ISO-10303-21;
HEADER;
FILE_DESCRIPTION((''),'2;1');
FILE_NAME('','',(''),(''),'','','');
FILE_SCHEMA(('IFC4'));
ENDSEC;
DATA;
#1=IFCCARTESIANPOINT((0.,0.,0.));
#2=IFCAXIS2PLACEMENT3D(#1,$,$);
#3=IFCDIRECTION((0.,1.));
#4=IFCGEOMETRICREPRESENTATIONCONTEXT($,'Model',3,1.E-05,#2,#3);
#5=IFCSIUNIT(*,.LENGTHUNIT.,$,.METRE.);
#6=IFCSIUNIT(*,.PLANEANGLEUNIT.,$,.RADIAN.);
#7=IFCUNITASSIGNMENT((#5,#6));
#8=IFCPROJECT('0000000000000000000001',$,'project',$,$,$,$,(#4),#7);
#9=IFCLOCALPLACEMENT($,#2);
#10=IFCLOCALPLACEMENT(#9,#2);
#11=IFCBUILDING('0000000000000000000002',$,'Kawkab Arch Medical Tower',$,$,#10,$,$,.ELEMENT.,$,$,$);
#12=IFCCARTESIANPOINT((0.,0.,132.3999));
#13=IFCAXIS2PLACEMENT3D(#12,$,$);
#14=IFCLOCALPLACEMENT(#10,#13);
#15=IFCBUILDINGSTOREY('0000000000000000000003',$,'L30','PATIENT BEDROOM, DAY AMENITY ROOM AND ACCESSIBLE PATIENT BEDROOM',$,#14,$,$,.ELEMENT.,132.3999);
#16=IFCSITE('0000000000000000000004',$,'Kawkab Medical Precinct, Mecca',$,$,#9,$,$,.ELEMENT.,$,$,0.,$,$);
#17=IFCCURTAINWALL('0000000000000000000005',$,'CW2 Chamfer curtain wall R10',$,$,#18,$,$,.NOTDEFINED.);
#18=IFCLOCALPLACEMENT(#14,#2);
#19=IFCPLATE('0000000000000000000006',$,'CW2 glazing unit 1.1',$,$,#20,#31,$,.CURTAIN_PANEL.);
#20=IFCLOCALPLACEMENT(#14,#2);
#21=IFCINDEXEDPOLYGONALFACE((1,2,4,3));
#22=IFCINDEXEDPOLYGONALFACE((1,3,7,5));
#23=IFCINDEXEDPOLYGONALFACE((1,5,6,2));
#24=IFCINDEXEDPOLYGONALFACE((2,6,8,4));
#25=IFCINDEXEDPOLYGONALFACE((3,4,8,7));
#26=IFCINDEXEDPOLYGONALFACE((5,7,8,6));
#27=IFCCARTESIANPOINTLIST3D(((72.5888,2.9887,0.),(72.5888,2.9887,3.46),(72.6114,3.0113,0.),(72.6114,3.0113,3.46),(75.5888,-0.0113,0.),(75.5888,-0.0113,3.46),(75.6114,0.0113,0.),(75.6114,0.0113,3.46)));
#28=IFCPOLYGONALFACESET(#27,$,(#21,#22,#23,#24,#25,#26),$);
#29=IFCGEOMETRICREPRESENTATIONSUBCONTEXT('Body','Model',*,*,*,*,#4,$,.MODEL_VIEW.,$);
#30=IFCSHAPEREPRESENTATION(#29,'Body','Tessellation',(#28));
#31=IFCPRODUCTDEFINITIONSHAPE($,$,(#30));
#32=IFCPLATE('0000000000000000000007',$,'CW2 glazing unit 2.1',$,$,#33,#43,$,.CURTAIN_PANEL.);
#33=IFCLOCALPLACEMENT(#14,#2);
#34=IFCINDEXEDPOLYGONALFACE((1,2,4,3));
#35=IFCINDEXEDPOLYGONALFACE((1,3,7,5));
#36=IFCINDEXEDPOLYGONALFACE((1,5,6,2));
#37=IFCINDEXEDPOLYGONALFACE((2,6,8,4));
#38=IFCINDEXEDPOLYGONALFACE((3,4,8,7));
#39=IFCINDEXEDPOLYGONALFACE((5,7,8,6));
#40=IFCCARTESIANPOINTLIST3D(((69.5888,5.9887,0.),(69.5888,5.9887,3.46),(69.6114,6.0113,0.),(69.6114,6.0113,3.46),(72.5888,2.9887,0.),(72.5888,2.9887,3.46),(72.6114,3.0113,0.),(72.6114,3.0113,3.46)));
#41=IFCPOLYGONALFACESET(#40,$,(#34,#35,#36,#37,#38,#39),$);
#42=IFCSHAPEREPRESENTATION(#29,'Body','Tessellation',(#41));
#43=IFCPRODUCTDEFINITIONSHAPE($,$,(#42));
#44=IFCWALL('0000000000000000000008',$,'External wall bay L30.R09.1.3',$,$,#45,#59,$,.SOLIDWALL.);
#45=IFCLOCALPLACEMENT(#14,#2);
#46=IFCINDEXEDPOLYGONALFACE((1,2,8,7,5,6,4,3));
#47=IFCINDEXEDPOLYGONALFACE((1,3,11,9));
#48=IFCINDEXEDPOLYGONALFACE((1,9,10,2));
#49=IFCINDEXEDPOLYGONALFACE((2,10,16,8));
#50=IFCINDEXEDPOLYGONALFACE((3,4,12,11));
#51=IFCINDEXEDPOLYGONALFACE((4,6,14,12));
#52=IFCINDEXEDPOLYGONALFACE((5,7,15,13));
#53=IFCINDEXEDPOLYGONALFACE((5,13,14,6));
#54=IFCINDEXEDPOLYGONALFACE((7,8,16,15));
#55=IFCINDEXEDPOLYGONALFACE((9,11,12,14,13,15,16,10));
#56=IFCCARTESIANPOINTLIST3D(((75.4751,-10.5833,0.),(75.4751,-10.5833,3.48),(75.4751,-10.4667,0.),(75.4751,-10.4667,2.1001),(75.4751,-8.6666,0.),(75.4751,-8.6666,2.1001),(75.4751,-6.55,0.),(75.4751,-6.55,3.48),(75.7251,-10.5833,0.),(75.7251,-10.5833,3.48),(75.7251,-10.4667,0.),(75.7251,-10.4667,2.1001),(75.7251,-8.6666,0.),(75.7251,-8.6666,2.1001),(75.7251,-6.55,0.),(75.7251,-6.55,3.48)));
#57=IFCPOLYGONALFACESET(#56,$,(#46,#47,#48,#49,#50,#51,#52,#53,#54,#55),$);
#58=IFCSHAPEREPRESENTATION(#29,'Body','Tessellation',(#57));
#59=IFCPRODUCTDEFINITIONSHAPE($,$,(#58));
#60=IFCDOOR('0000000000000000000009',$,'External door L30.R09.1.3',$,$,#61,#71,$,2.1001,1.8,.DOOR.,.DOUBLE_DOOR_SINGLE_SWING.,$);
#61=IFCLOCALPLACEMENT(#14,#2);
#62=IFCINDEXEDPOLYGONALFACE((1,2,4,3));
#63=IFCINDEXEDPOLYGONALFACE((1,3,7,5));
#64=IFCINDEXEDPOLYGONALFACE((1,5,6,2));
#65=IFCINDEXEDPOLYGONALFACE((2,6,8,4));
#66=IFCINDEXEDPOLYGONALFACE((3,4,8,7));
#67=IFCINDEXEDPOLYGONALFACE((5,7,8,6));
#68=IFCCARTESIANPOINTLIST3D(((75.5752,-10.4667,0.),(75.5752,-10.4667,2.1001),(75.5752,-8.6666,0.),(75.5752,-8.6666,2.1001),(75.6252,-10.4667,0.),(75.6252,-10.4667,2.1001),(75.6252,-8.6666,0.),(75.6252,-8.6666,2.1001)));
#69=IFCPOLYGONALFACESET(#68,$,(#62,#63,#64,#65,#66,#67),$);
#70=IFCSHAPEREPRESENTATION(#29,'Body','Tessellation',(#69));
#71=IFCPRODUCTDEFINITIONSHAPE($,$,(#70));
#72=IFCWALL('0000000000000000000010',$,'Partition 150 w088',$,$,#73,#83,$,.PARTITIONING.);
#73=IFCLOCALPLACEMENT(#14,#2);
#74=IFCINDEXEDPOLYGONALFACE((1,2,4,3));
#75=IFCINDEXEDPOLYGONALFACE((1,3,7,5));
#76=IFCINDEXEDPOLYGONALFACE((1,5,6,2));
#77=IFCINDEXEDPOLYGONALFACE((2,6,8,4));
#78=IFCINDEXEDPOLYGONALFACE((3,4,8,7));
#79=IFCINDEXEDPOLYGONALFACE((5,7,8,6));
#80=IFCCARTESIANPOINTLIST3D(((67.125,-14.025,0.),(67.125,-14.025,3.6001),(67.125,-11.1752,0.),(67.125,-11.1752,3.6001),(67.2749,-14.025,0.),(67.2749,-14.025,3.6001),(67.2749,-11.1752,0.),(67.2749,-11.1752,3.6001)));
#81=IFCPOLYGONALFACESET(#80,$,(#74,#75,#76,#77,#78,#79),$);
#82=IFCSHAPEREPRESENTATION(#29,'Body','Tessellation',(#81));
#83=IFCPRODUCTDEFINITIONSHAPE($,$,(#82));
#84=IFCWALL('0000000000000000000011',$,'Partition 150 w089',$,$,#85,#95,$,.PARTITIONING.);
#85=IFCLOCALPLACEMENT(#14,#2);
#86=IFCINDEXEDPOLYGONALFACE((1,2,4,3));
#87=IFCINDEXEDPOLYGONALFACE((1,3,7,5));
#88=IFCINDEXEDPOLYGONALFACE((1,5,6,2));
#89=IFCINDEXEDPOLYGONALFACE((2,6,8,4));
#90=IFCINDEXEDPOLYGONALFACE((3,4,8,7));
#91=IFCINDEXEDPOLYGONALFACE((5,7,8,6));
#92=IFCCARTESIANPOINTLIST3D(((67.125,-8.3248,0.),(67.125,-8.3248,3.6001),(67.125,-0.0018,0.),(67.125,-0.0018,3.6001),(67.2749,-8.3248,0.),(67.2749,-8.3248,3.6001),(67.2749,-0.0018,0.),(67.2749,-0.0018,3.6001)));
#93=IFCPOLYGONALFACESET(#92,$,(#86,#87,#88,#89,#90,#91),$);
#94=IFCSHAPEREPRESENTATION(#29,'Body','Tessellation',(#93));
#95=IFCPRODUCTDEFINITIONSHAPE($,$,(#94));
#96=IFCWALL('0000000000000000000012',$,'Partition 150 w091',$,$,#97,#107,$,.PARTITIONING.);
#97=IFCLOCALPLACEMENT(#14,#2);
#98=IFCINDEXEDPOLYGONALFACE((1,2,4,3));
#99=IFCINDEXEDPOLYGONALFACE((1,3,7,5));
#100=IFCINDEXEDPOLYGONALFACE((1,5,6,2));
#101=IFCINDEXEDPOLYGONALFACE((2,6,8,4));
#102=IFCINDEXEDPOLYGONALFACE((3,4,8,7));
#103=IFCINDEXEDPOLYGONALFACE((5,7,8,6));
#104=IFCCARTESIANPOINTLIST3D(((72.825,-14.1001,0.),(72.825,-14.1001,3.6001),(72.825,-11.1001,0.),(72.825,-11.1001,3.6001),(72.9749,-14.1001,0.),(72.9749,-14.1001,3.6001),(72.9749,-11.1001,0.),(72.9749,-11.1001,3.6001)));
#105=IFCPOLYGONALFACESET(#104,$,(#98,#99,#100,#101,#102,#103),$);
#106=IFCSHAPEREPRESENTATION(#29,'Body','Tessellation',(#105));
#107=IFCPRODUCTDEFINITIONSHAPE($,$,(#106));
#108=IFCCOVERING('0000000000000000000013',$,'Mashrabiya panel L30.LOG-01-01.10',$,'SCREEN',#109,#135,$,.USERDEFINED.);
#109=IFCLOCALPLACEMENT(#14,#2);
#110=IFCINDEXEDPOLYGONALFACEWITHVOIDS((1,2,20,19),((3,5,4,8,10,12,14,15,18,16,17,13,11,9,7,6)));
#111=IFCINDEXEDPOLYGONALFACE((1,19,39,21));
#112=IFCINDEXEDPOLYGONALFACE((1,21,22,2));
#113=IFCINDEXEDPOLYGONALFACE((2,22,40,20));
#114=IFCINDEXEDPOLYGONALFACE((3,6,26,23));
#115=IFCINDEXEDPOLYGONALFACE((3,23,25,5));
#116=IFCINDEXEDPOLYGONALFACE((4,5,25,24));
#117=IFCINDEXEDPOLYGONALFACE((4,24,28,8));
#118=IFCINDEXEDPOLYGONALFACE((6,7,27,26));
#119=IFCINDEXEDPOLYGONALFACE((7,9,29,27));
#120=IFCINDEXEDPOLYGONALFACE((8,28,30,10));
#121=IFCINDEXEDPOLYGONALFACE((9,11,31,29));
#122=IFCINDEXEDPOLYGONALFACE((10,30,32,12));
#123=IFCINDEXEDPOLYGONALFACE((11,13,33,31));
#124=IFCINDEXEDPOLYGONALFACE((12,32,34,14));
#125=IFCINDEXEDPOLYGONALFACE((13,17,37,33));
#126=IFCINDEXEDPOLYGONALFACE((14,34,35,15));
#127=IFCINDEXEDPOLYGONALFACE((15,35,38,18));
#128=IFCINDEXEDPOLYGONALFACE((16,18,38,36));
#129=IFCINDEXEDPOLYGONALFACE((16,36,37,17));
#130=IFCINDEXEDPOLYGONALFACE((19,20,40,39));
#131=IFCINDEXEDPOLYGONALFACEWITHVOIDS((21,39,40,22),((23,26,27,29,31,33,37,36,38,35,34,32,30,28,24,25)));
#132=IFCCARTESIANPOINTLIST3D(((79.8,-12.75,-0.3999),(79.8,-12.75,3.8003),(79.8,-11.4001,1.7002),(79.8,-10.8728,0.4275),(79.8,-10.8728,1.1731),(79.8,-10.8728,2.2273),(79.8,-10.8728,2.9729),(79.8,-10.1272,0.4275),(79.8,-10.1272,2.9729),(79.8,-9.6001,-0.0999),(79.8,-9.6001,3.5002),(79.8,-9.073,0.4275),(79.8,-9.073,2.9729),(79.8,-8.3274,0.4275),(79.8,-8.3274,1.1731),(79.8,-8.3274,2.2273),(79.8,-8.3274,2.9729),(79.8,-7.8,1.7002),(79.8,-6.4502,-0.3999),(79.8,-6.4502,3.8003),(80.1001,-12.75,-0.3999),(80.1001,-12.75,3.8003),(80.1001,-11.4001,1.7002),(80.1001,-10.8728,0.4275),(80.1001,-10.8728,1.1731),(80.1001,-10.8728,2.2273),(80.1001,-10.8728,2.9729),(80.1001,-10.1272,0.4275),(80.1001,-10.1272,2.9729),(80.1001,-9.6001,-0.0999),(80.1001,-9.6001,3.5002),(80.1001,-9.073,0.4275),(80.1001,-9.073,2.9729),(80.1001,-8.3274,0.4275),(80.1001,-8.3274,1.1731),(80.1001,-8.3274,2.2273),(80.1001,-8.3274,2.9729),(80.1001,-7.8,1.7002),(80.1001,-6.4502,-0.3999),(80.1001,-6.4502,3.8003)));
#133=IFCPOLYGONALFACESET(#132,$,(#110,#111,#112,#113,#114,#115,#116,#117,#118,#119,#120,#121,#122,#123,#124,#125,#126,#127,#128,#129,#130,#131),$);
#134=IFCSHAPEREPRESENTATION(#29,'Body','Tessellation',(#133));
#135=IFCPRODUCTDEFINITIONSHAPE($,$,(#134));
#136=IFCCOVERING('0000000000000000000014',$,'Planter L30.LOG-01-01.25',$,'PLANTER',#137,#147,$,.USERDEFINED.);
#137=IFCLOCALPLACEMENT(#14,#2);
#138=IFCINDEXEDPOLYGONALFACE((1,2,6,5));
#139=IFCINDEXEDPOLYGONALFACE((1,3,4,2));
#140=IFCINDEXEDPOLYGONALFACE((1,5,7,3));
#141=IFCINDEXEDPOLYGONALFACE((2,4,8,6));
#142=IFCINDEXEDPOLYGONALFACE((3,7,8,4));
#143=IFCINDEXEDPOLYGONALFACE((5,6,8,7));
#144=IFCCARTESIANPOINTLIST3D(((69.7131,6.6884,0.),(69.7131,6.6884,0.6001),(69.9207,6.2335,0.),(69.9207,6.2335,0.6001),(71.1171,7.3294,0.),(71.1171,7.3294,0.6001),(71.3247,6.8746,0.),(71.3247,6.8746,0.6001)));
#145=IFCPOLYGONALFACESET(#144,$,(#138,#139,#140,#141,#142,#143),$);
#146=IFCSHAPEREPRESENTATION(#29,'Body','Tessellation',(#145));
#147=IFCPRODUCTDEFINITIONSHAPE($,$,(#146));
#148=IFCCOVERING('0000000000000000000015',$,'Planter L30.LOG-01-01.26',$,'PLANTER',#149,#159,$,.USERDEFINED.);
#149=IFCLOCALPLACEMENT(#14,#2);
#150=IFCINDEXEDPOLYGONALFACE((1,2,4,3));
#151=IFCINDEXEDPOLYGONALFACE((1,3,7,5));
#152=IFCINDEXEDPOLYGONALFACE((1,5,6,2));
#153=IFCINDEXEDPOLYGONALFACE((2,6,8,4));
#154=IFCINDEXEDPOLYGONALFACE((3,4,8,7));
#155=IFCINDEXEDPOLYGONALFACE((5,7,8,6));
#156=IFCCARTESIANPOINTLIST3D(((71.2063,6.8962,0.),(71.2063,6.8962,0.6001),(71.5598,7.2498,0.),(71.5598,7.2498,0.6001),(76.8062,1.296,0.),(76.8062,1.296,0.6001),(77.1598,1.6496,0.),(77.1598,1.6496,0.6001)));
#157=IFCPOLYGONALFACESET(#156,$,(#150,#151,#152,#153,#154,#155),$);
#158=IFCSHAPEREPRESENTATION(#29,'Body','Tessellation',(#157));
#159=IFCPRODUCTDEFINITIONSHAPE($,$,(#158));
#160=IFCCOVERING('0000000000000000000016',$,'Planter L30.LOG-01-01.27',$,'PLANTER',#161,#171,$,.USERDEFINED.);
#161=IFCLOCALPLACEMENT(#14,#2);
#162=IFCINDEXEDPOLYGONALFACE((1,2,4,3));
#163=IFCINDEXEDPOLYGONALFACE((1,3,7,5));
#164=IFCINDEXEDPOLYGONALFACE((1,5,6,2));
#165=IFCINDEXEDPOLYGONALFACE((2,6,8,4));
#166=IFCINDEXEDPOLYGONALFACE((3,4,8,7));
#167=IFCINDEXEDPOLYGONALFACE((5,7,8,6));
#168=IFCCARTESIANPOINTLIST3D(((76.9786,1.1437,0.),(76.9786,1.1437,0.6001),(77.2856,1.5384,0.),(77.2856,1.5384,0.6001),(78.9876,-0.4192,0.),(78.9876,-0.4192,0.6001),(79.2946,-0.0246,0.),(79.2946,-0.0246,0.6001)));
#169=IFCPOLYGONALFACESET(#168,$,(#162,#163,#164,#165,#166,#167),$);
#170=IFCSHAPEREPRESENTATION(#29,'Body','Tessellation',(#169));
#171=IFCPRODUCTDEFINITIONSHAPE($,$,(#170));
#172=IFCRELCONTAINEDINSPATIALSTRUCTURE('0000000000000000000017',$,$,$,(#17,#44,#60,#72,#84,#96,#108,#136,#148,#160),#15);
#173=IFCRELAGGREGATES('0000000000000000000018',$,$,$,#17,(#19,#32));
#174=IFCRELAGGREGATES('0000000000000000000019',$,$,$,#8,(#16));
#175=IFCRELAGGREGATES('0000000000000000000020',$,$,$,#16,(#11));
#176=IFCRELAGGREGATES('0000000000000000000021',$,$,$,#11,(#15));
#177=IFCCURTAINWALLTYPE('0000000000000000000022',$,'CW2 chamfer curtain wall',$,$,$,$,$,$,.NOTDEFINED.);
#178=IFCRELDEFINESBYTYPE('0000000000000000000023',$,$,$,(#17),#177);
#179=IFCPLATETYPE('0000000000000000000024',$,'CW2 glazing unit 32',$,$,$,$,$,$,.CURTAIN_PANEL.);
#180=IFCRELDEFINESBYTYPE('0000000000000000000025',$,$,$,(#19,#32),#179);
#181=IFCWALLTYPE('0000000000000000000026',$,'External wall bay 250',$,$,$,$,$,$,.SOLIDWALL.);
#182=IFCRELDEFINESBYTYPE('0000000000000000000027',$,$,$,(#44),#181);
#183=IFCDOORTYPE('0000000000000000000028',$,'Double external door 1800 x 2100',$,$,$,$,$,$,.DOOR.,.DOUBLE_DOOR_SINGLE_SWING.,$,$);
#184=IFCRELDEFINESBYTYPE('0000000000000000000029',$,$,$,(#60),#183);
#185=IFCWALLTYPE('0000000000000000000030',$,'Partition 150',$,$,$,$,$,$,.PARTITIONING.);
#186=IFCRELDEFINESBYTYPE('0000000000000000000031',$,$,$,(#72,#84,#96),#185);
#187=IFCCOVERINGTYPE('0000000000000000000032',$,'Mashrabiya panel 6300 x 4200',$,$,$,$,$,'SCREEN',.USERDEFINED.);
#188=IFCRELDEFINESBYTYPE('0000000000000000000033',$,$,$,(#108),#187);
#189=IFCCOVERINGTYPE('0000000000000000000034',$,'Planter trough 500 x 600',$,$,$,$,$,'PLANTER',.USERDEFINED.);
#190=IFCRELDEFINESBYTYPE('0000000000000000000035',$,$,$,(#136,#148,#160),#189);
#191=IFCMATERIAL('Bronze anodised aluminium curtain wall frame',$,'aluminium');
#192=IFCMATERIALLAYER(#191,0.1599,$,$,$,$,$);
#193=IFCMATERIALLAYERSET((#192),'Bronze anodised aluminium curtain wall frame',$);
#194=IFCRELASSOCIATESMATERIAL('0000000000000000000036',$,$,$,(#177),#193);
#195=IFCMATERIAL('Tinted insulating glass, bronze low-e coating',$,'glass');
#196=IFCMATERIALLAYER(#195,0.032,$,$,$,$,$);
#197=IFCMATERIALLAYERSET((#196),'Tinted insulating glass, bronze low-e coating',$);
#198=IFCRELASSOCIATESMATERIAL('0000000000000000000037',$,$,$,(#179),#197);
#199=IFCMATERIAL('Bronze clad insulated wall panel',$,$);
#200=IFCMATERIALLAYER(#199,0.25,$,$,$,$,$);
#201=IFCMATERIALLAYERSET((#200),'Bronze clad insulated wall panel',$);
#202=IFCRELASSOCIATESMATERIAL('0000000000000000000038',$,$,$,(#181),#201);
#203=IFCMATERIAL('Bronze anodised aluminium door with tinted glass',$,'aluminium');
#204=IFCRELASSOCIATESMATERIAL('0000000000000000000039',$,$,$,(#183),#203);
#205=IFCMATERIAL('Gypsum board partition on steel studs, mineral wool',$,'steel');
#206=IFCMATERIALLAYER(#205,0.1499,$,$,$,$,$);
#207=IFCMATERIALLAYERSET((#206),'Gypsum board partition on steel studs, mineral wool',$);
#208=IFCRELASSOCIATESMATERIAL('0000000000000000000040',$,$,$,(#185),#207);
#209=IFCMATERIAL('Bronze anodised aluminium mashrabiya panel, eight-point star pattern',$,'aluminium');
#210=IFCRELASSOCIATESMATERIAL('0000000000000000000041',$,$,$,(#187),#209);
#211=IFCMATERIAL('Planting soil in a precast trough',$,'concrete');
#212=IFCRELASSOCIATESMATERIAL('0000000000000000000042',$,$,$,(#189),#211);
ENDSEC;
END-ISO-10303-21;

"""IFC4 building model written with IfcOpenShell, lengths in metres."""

from ifc_helpers import new_model, si_unit, direction, frame, frame_2d, origin, origin_2d, place, context, subcontext, project, spatial, polyline, rectangle, outline, extrude, material, layer, layer_set, material_profile, profile_set, type_object, element, fill, aggregate, save


model = new_model("IFC4")

# Units and contexts
model_context = context("Model", 3, precision=1e-05, world=origin(), true_north=direction((0.0, 1.0)))
body_context = subcontext(model_context, "Body", "Model", "MODEL_VIEW")
ifc_project = project(units=[si_unit("LENGTHUNIT", "METRE"), si_unit("PLANEANGLEUNIT", "RADIAN")], contexts=[model_context])

# Site, building, storey
site_placement = place(None, origin())
site = spatial("IfcSite", under=ifc_project, at=site_placement, Name="Kawkab Medical Precinct, Mecca", CompositionType="ELEMENT", RefElevation=0.0)
building_placement = place(site_placement, origin())
building = spatial("IfcBuilding", under=site, at=building_placement, Name="Kawkab Arch Medical Tower", CompositionType="ELEMENT")
storey_placement = place(building_placement, frame((0.0, 0.0, 132.3999)))
storey = spatial("IfcBuildingStorey", under=building, at=storey_placement, Name="L30", Description="PATIENT BEDROOM, DAY AMENITY ROOM AND ACCESSIBLE PATIENT BEDROOM", CompositionType="ELEMENT", Elevation=132.3999)

# Shared definitions
placement = place(storey_placement, origin())

# Curtain wall
ifc_material_1 = material(Name="Bronze anodised aluminium curtain wall frame", Category="aluminium")
ifc_layer_1 = layer(ifc_material_1, 0.1599)
ifc_layer_set_1 = layer_set([ifc_layer_1], Name="Bronze anodised aluminium curtain wall frame")
curtain_wall_type_1 = type_object("IfcCurtainWallType", Name="CW2 chamfer curtain wall", PredefinedType="NOTDEFINED", material=ifc_layer_set_1)
curtain_wall_1 = element("IfcCurtainWall", 1, at=placement, inside=storey, type_object=curtain_wall_type_1, Name="CW2 Chamfer curtain wall R10", PredefinedType="NOTDEFINED")

# Plates
ifc_material_2 = material(Name="Tinted insulating glass, bronze low-e coating", Category="glass")
ifc_layer_2 = layer(ifc_material_2, 0.032)
ifc_layer_set_2 = layer_set([ifc_layer_2], Name="Tinted insulating glass, bronze low-e coating")
plate_type_1 = type_object("IfcPlateType", Name="CW2 glazing unit 32", PredefinedType="CURTAIN_PANEL", material=ifc_layer_set_2)
plate_1_placement = place(storey_placement, frame((74.1001, 1.5, 0.0), z_axis=(0.0, 0.0, 1.0), x_axis=(-0.707107, 0.707107, 0.0)))
plate_1 = element("IfcPlate", 2, at=plate_1_placement, type_object=plate_type_1, Name="CW2 glazing unit 1.1", PredefinedType="CURTAIN_PANEL", context=body_context, shape_type="SweptSolid", body=[
    extrude(rectangle(XDim=4.2427, YDim=0.032, at=origin_2d()), origin(), (0.0, 0.0, 1.0), 3.46),
])
plate_2_placement = place(storey_placement, frame((71.1001, 4.5, 0.0), z_axis=(0.0, 0.0, 1.0), x_axis=(-0.707107, 0.707107, 0.0)))
plate_2 = element("IfcPlate", 3, at=plate_2_placement, type_object=plate_type_1, Name="CW2 glazing unit 2.1", PredefinedType="CURTAIN_PANEL", context=body_context, shape_type="SweptSolid", body=[
    extrude(rectangle(XDim=4.2427, YDim=0.032, at=origin_2d()), origin(), (0.0, 0.0, 1.0), 3.46),
])
aggregate(curtain_wall_1, [plate_1, plate_2])

# Wall, opening, door
ifc_material_3 = material(Name="Bronze clad insulated wall panel")
ifc_layer_3 = layer(ifc_material_3, 0.25)
ifc_layer_set_3 = layer_set([ifc_layer_3], Name="Bronze clad insulated wall panel")
wall_type_1 = type_object("IfcWallType", Name="External wall bay 250", PredefinedType="SOLIDWALL", material=ifc_layer_set_3)
wall_1_placement = place(storey_placement, frame((75.6001, -10.5833, 0.0), z_axis=(0.0, 0.0, 1.0), x_axis=(0.0, 1.0, 0.0)))
wall_1 = element("IfcWall", 4, at=wall_1_placement, inside=storey, type_object=wall_type_1, Name="External wall bay L30.R09.1.3", PredefinedType="SOLIDWALL", context=body_context, shape_type="SweptSolid", body=[
    extrude(rectangle(XDim=4.0332, YDim=0.25, at=frame_2d((2.0166, 0.0))), origin(), (0.0, 0.0, 1.0), 3.48),
])
opening_placement = place(wall_1_placement, frame((0.1167, 0.0, 0.0)))
opening = element("IfcOpeningElement", 5, at=opening_placement, cuts=wall_1, PredefinedType="OPENING", context=body_context, shape_type="SweptSolid", body=[
    extrude(rectangle(XDim=1.8, YDim=2.1001, at=frame_2d((0.8999, 1.05))), frame((0.0, 0.135, 0.0), z_axis=(0.0, -1.0, 0.0), x_axis=(1.0, 0.0, 0.0)), (0.0, 0.0, 1.0), 0.27),
])
ifc_material_4 = material(Name="Bronze anodised aluminium door with tinted glass", Category="aluminium")
door_type = type_object("IfcDoorType", Name="Double external door 1800 x 2100", OperationType="DOUBLE_DOOR_SINGLE_SWING", PredefinedType="DOOR", material=ifc_material_4)
door_placement = place(opening_placement, origin())
door = element("IfcDoor", 6, at=door_placement, inside=storey, type_object=door_type, Name="External door L30.R09.1.3", OperationType="DOUBLE_DOOR_SINGLE_SWING", OverallHeight=2.1001, OverallWidth=1.8, PredefinedType="DOOR", context=body_context, shape_type="SweptSolid", body=[
    extrude(rectangle(XDim=1.8, YDim=2.1001, at=frame_2d((0.8999, 1.05))), frame((0.0, 0.0249, 0.0), z_axis=(0.0, -1.0, 0.0), x_axis=(1.0, 0.0, 0.0)), (0.0, 0.0, 1.0), 0.05),
])
fill(opening, door)

# Walls
ifc_material_5 = material(Name="Gypsum board partition on steel studs, mineral wool", Category="steel")
ifc_layer_4 = layer(ifc_material_5, 0.1499)
ifc_layer_set_4 = layer_set([ifc_layer_4], Name="Gypsum board partition on steel studs, mineral wool")
wall_type_2 = type_object("IfcWallType", Name="Partition 150", PredefinedType="PARTITIONING", material=ifc_layer_set_4)
wall_2_placement = place(storey_placement, frame((67.2, -14.0249, 0.0), z_axis=(0.0, 0.0, 1.0), x_axis=(0.0, 1.0, 0.0)))
element("IfcWall", 7, at=wall_2_placement, inside=storey, type_object=wall_type_2, Name="Partition 150 w088", PredefinedType="PARTITIONING", context=body_context, shape_type="SweptSolid", body=[
    extrude(rectangle(XDim=2.8499, YDim=0.1499, at=frame_2d((1.4248, 0.0))), origin(), (0.0, 0.0, 1.0), 3.6001),
])
wall_3_placement = place(storey_placement, frame((67.2, -8.325, 0.0), z_axis=(0.0, 0.0, 1.0), x_axis=(0.0, 1.0, 0.0)))
element("IfcWall", 8, at=wall_3_placement, inside=storey, type_object=wall_type_2, Name="Partition 150 w089", PredefinedType="PARTITIONING", context=body_context, shape_type="SweptSolid", body=[
    extrude(rectangle(XDim=8.323, YDim=0.1499, at=frame_2d((4.1616, 0.0))), origin(), (0.0, 0.0, 1.0), 3.6001),
])
wall_4_placement = place(storey_placement, frame((72.8999, -14.1001, 0.0), z_axis=(0.0, 0.0, 1.0), x_axis=(0.0, 1.0, 0.0)))
element("IfcWall", 9, at=wall_4_placement, inside=storey, type_object=wall_type_2, Name="Partition 150 w091", PredefinedType="PARTITIONING", context=body_context, shape_type="SweptSolid", body=[
    extrude(rectangle(XDim=3.0, YDim=0.1499, at=frame_2d((1.5, 0.0))), origin(), (0.0, 0.0, 1.0), 3.6001),
])

# Coverings
ifc_material_6 = material(Name="Bronze anodised aluminium mashrabiya panel, eight-point star pattern", Category="aluminium")
ifc_material_profile_1 = material_profile(ifc_material_6, outline(polyline([(-3.1499, -2.1001), (3.1499, -2.1001), (3.1499, 2.1001), (-3.1499, 2.1001), (-3.1499, -2.1001)]), holes=[polyline([(1.8, 0.0), (1.2727, 0.5271), (1.2727, 1.2727), (0.5271, 1.2727), (0.0, 1.8), (-0.5271, 1.2727), (-1.2727, 1.2727), (-1.2727, 0.5271), (-1.8, 0.0), (-1.2727, -0.5271), (-1.2727, -1.2727), (-0.5271, -1.2727), (0.0, -1.8), (0.5271, -1.2727), (1.2727, -1.2727), (1.2727, -0.5271), (1.8, 0.0)])]), Name="Mashrabiya panel 6300x4200")
ifc_profile_set_1 = profile_set([ifc_material_profile_1], Name="Bronze anodised aluminium mashrabiya panel, eight-point star pattern")
covering_type_1 = type_object("IfcCoveringType", Name="Mashrabiya panel 6300 x 4200", ElementType="SCREEN", PredefinedType="USERDEFINED", material=ifc_profile_set_1)
covering_1_placement = place(storey_placement, frame((79.8, -9.6001, 1.7002), z_axis=(1.0, 0.0, 0.0), x_axis=(0.0, 1.0, 0.0)))
element("IfcCovering", 10, at=covering_1_placement, inside=storey, type_object=covering_type_1, Name="Mashrabiya panel L30.LOG-01-01.10", ObjectType="SCREEN", PredefinedType="USERDEFINED", context=body_context, shape_type="SweptSolid", body=[
    extrude(outline(polyline([(-3.1499, -2.1001), (3.1499, -2.1001), (3.1499, 2.1001), (-3.1499, 2.1001), (-3.1499, -2.1001)]), holes=[polyline([(1.8, 0.0), (1.2727, 0.5271), (1.2727, 1.2727), (0.5271, 1.2727), (0.0, 1.8), (-0.5271, 1.2727), (-1.2727, 1.2727), (-1.2727, 0.5271), (-1.8, 0.0), (-1.2727, -0.5271), (-1.2727, -1.2727), (-0.5271, -1.2727), (0.0, -1.8), (0.5271, -1.2727), (1.2727, -1.2727), (1.2727, -0.5271), (1.8, 0.0)])]), origin(), (0.0, 0.0, 1.0), 0.3),
])
ifc_material_7 = material(Name="Planting soil in a precast trough", Category="concrete")
ifc_material_profile_2 = material_profile(ifc_material_7, rectangle(XDim=0.5, YDim=0.6001, at=origin_2d()), Name="Trough 500x600")
ifc_profile_set_2 = profile_set([ifc_material_profile_2], Name="Planting soil in a precast trough")
covering_type_2 = type_object("IfcCoveringType", Name="Planter trough 500 x 600", ElementType="PLANTER", PredefinedType="USERDEFINED", material=ifc_profile_set_2)
covering_2_placement = place(storey_placement, frame((69.8169, 6.4609, 0.3), z_axis=(0.909656, 0.415363, 0.0), x_axis=(-0.415363, 0.909656, 0.0)))
element("IfcCovering", 11, at=covering_2_placement, inside=storey, type_object=covering_type_2, Name="Planter L30.LOG-01-01.25", ObjectType="PLANTER", PredefinedType="USERDEFINED", context=body_context, shape_type="SweptSolid", body=[
    extrude(rectangle(XDim=0.5, YDim=0.6001, at=origin_2d()), origin(), (0.0, 0.0, 1.0), 1.5435),
])
covering_3_placement = place(storey_placement, frame((71.3831, 7.073, 0.3), z_axis=(0.707091, -0.707122, 0.0), x_axis=(0.707122, 0.707091, 0.0)))
element("IfcCovering", 12, at=covering_3_placement, inside=storey, type_object=covering_type_2, Name="Planter L30.LOG-01-01.26", ObjectType="PLANTER", PredefinedType="USERDEFINED", context=body_context, shape_type="SweptSolid", body=[
    extrude(rectangle(XDim=0.5, YDim=0.6001, at=origin_2d()), origin(), (0.0, 0.0, 1.0), 7.9197),
])
covering_4_placement = place(storey_placement, frame((77.1321, 1.3411, 0.3), z_axis=(0.789275, -0.61404, 0.0), x_axis=(0.61404, 0.789275, 0.0)))
element("IfcCovering", 13, at=covering_4_placement, inside=storey, type_object=covering_type_2, Name="Planter L30.LOG-01-01.27", ObjectType="PLANTER", PredefinedType="USERDEFINED", context=body_context, shape_type="SweptSolid", body=[
    extrude(rectangle(XDim=0.5, YDim=0.6001, at=origin_2d()), origin(), (0.0, 0.0, 1.0), 2.5454),
])

save(model, "model.ifc")
